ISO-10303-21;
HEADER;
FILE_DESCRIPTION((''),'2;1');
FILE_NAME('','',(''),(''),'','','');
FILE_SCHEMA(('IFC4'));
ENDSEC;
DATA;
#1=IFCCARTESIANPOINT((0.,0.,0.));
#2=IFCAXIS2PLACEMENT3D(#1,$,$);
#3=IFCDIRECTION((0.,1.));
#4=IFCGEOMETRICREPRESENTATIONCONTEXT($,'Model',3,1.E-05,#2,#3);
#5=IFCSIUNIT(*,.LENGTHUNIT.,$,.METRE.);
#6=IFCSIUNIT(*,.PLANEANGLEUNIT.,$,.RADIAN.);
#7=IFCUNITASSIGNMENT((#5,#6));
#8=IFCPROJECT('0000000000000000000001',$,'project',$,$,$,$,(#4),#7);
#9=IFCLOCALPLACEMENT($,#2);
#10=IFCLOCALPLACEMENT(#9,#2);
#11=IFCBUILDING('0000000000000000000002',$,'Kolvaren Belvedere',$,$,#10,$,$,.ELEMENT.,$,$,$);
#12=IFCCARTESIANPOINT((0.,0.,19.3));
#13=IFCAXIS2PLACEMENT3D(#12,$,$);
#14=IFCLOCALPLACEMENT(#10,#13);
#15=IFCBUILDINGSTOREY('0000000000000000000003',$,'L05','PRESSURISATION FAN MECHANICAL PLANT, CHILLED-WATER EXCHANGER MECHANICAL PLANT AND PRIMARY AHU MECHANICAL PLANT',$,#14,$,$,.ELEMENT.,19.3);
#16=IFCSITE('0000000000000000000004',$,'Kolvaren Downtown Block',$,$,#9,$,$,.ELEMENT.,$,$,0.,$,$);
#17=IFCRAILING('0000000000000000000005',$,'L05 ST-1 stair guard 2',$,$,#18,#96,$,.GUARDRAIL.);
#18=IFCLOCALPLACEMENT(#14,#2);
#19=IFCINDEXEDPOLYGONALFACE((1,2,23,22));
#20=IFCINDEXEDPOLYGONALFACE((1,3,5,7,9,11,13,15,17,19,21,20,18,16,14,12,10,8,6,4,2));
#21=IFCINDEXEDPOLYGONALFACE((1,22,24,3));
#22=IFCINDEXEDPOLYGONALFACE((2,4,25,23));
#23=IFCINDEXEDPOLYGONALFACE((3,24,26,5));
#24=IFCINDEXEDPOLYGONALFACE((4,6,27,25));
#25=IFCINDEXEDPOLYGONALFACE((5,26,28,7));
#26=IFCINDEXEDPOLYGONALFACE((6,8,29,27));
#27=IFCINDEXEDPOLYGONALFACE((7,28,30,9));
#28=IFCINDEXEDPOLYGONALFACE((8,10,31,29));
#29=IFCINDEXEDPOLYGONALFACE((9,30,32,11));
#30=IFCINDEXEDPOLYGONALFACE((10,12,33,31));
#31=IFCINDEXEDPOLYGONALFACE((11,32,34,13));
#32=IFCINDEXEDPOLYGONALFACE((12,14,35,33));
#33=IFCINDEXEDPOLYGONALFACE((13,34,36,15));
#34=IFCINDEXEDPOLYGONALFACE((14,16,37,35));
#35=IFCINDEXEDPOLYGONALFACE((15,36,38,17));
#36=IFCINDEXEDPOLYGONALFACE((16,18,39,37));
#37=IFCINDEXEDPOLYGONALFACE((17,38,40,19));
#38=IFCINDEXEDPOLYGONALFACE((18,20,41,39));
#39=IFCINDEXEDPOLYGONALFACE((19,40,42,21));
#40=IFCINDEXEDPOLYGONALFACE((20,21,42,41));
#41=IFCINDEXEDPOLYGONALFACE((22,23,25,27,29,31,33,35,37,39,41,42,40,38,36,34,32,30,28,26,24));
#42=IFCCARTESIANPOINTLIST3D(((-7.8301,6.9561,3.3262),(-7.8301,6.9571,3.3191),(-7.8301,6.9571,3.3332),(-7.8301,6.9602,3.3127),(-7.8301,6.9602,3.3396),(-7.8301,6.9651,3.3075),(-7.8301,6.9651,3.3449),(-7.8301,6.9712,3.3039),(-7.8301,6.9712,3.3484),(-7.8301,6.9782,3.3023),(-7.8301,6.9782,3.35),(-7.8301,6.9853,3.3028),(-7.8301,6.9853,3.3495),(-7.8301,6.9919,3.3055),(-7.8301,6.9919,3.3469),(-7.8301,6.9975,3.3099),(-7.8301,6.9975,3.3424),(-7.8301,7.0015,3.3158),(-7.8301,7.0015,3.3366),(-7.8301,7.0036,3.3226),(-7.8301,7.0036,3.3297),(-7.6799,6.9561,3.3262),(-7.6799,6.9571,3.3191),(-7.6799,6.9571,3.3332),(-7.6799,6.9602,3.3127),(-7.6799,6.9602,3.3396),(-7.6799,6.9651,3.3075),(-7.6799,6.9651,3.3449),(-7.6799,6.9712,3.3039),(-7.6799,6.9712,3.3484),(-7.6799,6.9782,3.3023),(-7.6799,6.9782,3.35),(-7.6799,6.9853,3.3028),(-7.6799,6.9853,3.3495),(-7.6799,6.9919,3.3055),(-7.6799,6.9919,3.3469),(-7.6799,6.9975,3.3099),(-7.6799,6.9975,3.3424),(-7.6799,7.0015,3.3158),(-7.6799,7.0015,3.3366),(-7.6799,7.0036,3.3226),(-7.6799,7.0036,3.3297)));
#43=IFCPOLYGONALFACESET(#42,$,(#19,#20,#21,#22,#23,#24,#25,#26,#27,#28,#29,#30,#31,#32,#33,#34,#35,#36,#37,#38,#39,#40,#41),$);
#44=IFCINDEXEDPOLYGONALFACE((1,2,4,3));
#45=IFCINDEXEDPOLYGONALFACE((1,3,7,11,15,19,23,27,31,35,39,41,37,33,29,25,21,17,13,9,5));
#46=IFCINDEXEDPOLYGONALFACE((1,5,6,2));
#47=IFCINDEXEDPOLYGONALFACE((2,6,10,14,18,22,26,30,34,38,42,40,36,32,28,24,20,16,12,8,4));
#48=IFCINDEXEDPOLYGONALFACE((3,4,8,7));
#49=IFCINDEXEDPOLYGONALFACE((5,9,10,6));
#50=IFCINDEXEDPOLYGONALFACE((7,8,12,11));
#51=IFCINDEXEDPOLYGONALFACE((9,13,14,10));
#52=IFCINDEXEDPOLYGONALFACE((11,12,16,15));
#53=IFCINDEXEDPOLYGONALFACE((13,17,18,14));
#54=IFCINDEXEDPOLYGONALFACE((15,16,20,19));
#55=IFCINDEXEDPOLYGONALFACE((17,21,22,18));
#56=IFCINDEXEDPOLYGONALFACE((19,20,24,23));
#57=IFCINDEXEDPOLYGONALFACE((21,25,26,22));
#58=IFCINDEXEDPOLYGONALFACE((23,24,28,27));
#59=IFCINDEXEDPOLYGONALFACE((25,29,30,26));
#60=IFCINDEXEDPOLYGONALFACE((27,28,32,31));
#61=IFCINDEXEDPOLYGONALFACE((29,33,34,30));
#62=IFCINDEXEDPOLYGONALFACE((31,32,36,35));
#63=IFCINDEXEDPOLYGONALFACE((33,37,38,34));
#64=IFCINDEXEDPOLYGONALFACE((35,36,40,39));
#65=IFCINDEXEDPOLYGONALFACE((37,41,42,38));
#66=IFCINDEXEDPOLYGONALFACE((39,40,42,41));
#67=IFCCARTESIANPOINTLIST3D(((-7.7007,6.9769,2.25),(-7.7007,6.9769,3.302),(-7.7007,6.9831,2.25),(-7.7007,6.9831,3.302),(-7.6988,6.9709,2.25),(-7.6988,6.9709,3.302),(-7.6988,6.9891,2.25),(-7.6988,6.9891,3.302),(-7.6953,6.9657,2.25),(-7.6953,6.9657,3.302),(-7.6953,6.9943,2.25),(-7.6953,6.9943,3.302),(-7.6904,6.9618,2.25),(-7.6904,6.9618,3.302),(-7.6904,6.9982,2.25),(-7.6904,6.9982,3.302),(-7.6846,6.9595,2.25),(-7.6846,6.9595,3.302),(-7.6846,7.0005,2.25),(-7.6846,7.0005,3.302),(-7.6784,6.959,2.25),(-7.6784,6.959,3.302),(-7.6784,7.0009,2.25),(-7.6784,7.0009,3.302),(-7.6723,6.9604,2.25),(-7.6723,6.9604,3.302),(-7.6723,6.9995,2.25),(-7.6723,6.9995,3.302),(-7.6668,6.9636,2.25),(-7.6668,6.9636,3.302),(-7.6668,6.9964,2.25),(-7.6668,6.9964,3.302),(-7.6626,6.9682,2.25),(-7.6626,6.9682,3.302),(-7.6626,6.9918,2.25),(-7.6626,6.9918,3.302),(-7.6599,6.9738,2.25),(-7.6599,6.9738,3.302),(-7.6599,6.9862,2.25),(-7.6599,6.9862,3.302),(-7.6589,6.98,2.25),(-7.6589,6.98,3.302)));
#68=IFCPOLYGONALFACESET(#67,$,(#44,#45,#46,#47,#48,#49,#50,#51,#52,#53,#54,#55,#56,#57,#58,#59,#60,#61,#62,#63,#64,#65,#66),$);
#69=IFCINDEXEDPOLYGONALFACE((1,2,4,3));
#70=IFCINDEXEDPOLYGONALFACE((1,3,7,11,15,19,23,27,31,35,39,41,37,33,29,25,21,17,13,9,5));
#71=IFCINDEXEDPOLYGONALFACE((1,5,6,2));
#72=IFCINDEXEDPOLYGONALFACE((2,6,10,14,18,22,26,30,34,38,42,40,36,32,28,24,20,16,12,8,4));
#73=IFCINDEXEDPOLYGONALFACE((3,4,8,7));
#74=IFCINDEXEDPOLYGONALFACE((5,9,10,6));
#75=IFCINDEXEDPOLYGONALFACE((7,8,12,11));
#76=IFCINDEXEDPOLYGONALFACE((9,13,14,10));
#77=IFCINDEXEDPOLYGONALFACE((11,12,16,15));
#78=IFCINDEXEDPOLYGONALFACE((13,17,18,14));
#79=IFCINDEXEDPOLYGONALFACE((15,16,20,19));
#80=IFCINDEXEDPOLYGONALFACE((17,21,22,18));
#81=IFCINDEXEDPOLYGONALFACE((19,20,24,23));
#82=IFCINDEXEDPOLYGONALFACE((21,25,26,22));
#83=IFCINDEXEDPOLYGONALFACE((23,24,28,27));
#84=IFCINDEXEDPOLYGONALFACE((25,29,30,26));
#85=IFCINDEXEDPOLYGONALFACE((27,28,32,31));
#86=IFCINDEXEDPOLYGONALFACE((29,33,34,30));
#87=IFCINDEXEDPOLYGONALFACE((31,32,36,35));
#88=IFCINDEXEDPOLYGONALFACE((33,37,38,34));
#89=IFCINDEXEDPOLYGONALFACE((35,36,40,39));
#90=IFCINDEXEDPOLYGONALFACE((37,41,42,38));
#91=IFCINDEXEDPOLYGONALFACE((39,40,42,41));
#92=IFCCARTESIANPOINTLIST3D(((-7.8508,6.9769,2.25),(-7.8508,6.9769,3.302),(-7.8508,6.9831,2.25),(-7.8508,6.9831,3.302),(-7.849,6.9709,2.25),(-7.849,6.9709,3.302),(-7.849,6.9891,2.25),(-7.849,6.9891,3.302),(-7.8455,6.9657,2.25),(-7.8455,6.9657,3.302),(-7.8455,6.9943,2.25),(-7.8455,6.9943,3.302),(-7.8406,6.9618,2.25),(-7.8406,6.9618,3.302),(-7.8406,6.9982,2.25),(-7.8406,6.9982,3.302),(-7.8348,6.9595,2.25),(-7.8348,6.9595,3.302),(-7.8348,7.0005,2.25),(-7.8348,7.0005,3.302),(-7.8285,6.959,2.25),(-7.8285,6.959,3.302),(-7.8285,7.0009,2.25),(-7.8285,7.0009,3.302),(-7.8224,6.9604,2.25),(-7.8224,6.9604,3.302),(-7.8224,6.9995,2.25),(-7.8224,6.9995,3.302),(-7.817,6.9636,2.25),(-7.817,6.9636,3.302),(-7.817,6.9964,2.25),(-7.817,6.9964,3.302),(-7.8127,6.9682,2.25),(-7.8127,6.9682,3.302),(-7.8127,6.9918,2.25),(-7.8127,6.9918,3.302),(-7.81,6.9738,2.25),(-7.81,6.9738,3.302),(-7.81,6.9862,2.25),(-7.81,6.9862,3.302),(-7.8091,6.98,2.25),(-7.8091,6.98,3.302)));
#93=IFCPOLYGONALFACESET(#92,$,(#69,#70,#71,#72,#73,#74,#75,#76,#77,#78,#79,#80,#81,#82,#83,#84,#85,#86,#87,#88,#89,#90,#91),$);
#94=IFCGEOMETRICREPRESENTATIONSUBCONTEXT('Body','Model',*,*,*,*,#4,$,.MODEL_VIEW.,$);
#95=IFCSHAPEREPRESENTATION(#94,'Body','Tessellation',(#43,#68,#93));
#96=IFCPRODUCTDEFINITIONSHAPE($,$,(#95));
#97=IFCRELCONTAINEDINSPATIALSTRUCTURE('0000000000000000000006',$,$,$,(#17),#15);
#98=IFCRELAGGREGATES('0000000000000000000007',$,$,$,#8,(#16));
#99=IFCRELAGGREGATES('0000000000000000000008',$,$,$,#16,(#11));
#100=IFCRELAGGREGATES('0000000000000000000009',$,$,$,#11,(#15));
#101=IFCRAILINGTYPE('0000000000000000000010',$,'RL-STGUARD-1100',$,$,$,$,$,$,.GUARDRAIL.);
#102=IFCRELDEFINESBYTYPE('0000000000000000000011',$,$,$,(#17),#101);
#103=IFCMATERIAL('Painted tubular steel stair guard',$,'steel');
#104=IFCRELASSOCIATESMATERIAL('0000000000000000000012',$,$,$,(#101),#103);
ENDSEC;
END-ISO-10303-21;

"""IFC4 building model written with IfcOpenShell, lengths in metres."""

from ifc_helpers import new_model, si_unit, direction, frame, origin, origin_2d, place, context, subcontext, project, spatial, circle, extrude, material, type_object, element, save


model = new_model("IFC4")

# Units and contexts
model_context = context("Model", 3, precision=1e-05, world=origin(), true_north=direction((0.0, 1.0)))
body_context = subcontext(model_context, "Body", "Model", "MODEL_VIEW")
ifc_project = project(units=[si_unit("LENGTHUNIT", "METRE"), si_unit("PLANEANGLEUNIT", "RADIAN")], contexts=[model_context])

# Site, building, storey
site_placement = place(None, origin())
site = spatial("IfcSite", under=ifc_project, at=site_placement, Name="Kolvaren Downtown Block", CompositionType="ELEMENT", RefElevation=0.0)
building_placement = place(site_placement, origin())
building = spatial("IfcBuilding", under=site, at=building_placement, Name="Kolvaren Belvedere", CompositionType="ELEMENT")
storey_placement = place(building_placement, frame((0.0, 0.0, 19.3)))
storey = spatial("IfcBuildingStorey", under=building, at=storey_placement, Name="L05", Description="PRESSURISATION FAN MECHANICAL PLANT, CHILLED-WATER EXCHANGER MECHANICAL PLANT AND PRIMARY AHU MECHANICAL PLANT", CompositionType="ELEMENT", Elevation=19.3)

# Railing
ifc_material_1 = material(Name="Painted tubular steel stair guard", Category="steel")
railing_type_1 = type_object("IfcRailingType", Name="RL-STGUARD-1100", PredefinedType="GUARDRAIL", material=ifc_material_1)
railing_1_placement = place(storey_placement, frame((-7.6799, 6.98, 2.25)))
element("IfcRailing", 1, at=railing_1_placement, inside=storey, type_object=railing_type_1, Name="L05 ST-1 stair guard 2", PredefinedType="GUARDRAIL", context=body_context, shape_type="SweptSolid", body=[
    extrude(circle(Radius=0.0239, at=origin_2d()), frame((0.0, 0.0, 1.0762), z_axis=(-1.0, 0.0, 0.0), x_axis=(0.0, -1.0, 0.0)), (0.0, 0.0, 1.0), 0.1501),
    extrude(circle(Radius=0.021, at=origin_2d()), origin(), (0.0, 0.0, 1.0), 1.052),
    extrude(circle(Radius=0.021, at=origin_2d()), frame((-0.1501, 0.0, 0.0)), (0.0, 0.0, 1.0), 1.052),
])

save(model, "model.ifc")
